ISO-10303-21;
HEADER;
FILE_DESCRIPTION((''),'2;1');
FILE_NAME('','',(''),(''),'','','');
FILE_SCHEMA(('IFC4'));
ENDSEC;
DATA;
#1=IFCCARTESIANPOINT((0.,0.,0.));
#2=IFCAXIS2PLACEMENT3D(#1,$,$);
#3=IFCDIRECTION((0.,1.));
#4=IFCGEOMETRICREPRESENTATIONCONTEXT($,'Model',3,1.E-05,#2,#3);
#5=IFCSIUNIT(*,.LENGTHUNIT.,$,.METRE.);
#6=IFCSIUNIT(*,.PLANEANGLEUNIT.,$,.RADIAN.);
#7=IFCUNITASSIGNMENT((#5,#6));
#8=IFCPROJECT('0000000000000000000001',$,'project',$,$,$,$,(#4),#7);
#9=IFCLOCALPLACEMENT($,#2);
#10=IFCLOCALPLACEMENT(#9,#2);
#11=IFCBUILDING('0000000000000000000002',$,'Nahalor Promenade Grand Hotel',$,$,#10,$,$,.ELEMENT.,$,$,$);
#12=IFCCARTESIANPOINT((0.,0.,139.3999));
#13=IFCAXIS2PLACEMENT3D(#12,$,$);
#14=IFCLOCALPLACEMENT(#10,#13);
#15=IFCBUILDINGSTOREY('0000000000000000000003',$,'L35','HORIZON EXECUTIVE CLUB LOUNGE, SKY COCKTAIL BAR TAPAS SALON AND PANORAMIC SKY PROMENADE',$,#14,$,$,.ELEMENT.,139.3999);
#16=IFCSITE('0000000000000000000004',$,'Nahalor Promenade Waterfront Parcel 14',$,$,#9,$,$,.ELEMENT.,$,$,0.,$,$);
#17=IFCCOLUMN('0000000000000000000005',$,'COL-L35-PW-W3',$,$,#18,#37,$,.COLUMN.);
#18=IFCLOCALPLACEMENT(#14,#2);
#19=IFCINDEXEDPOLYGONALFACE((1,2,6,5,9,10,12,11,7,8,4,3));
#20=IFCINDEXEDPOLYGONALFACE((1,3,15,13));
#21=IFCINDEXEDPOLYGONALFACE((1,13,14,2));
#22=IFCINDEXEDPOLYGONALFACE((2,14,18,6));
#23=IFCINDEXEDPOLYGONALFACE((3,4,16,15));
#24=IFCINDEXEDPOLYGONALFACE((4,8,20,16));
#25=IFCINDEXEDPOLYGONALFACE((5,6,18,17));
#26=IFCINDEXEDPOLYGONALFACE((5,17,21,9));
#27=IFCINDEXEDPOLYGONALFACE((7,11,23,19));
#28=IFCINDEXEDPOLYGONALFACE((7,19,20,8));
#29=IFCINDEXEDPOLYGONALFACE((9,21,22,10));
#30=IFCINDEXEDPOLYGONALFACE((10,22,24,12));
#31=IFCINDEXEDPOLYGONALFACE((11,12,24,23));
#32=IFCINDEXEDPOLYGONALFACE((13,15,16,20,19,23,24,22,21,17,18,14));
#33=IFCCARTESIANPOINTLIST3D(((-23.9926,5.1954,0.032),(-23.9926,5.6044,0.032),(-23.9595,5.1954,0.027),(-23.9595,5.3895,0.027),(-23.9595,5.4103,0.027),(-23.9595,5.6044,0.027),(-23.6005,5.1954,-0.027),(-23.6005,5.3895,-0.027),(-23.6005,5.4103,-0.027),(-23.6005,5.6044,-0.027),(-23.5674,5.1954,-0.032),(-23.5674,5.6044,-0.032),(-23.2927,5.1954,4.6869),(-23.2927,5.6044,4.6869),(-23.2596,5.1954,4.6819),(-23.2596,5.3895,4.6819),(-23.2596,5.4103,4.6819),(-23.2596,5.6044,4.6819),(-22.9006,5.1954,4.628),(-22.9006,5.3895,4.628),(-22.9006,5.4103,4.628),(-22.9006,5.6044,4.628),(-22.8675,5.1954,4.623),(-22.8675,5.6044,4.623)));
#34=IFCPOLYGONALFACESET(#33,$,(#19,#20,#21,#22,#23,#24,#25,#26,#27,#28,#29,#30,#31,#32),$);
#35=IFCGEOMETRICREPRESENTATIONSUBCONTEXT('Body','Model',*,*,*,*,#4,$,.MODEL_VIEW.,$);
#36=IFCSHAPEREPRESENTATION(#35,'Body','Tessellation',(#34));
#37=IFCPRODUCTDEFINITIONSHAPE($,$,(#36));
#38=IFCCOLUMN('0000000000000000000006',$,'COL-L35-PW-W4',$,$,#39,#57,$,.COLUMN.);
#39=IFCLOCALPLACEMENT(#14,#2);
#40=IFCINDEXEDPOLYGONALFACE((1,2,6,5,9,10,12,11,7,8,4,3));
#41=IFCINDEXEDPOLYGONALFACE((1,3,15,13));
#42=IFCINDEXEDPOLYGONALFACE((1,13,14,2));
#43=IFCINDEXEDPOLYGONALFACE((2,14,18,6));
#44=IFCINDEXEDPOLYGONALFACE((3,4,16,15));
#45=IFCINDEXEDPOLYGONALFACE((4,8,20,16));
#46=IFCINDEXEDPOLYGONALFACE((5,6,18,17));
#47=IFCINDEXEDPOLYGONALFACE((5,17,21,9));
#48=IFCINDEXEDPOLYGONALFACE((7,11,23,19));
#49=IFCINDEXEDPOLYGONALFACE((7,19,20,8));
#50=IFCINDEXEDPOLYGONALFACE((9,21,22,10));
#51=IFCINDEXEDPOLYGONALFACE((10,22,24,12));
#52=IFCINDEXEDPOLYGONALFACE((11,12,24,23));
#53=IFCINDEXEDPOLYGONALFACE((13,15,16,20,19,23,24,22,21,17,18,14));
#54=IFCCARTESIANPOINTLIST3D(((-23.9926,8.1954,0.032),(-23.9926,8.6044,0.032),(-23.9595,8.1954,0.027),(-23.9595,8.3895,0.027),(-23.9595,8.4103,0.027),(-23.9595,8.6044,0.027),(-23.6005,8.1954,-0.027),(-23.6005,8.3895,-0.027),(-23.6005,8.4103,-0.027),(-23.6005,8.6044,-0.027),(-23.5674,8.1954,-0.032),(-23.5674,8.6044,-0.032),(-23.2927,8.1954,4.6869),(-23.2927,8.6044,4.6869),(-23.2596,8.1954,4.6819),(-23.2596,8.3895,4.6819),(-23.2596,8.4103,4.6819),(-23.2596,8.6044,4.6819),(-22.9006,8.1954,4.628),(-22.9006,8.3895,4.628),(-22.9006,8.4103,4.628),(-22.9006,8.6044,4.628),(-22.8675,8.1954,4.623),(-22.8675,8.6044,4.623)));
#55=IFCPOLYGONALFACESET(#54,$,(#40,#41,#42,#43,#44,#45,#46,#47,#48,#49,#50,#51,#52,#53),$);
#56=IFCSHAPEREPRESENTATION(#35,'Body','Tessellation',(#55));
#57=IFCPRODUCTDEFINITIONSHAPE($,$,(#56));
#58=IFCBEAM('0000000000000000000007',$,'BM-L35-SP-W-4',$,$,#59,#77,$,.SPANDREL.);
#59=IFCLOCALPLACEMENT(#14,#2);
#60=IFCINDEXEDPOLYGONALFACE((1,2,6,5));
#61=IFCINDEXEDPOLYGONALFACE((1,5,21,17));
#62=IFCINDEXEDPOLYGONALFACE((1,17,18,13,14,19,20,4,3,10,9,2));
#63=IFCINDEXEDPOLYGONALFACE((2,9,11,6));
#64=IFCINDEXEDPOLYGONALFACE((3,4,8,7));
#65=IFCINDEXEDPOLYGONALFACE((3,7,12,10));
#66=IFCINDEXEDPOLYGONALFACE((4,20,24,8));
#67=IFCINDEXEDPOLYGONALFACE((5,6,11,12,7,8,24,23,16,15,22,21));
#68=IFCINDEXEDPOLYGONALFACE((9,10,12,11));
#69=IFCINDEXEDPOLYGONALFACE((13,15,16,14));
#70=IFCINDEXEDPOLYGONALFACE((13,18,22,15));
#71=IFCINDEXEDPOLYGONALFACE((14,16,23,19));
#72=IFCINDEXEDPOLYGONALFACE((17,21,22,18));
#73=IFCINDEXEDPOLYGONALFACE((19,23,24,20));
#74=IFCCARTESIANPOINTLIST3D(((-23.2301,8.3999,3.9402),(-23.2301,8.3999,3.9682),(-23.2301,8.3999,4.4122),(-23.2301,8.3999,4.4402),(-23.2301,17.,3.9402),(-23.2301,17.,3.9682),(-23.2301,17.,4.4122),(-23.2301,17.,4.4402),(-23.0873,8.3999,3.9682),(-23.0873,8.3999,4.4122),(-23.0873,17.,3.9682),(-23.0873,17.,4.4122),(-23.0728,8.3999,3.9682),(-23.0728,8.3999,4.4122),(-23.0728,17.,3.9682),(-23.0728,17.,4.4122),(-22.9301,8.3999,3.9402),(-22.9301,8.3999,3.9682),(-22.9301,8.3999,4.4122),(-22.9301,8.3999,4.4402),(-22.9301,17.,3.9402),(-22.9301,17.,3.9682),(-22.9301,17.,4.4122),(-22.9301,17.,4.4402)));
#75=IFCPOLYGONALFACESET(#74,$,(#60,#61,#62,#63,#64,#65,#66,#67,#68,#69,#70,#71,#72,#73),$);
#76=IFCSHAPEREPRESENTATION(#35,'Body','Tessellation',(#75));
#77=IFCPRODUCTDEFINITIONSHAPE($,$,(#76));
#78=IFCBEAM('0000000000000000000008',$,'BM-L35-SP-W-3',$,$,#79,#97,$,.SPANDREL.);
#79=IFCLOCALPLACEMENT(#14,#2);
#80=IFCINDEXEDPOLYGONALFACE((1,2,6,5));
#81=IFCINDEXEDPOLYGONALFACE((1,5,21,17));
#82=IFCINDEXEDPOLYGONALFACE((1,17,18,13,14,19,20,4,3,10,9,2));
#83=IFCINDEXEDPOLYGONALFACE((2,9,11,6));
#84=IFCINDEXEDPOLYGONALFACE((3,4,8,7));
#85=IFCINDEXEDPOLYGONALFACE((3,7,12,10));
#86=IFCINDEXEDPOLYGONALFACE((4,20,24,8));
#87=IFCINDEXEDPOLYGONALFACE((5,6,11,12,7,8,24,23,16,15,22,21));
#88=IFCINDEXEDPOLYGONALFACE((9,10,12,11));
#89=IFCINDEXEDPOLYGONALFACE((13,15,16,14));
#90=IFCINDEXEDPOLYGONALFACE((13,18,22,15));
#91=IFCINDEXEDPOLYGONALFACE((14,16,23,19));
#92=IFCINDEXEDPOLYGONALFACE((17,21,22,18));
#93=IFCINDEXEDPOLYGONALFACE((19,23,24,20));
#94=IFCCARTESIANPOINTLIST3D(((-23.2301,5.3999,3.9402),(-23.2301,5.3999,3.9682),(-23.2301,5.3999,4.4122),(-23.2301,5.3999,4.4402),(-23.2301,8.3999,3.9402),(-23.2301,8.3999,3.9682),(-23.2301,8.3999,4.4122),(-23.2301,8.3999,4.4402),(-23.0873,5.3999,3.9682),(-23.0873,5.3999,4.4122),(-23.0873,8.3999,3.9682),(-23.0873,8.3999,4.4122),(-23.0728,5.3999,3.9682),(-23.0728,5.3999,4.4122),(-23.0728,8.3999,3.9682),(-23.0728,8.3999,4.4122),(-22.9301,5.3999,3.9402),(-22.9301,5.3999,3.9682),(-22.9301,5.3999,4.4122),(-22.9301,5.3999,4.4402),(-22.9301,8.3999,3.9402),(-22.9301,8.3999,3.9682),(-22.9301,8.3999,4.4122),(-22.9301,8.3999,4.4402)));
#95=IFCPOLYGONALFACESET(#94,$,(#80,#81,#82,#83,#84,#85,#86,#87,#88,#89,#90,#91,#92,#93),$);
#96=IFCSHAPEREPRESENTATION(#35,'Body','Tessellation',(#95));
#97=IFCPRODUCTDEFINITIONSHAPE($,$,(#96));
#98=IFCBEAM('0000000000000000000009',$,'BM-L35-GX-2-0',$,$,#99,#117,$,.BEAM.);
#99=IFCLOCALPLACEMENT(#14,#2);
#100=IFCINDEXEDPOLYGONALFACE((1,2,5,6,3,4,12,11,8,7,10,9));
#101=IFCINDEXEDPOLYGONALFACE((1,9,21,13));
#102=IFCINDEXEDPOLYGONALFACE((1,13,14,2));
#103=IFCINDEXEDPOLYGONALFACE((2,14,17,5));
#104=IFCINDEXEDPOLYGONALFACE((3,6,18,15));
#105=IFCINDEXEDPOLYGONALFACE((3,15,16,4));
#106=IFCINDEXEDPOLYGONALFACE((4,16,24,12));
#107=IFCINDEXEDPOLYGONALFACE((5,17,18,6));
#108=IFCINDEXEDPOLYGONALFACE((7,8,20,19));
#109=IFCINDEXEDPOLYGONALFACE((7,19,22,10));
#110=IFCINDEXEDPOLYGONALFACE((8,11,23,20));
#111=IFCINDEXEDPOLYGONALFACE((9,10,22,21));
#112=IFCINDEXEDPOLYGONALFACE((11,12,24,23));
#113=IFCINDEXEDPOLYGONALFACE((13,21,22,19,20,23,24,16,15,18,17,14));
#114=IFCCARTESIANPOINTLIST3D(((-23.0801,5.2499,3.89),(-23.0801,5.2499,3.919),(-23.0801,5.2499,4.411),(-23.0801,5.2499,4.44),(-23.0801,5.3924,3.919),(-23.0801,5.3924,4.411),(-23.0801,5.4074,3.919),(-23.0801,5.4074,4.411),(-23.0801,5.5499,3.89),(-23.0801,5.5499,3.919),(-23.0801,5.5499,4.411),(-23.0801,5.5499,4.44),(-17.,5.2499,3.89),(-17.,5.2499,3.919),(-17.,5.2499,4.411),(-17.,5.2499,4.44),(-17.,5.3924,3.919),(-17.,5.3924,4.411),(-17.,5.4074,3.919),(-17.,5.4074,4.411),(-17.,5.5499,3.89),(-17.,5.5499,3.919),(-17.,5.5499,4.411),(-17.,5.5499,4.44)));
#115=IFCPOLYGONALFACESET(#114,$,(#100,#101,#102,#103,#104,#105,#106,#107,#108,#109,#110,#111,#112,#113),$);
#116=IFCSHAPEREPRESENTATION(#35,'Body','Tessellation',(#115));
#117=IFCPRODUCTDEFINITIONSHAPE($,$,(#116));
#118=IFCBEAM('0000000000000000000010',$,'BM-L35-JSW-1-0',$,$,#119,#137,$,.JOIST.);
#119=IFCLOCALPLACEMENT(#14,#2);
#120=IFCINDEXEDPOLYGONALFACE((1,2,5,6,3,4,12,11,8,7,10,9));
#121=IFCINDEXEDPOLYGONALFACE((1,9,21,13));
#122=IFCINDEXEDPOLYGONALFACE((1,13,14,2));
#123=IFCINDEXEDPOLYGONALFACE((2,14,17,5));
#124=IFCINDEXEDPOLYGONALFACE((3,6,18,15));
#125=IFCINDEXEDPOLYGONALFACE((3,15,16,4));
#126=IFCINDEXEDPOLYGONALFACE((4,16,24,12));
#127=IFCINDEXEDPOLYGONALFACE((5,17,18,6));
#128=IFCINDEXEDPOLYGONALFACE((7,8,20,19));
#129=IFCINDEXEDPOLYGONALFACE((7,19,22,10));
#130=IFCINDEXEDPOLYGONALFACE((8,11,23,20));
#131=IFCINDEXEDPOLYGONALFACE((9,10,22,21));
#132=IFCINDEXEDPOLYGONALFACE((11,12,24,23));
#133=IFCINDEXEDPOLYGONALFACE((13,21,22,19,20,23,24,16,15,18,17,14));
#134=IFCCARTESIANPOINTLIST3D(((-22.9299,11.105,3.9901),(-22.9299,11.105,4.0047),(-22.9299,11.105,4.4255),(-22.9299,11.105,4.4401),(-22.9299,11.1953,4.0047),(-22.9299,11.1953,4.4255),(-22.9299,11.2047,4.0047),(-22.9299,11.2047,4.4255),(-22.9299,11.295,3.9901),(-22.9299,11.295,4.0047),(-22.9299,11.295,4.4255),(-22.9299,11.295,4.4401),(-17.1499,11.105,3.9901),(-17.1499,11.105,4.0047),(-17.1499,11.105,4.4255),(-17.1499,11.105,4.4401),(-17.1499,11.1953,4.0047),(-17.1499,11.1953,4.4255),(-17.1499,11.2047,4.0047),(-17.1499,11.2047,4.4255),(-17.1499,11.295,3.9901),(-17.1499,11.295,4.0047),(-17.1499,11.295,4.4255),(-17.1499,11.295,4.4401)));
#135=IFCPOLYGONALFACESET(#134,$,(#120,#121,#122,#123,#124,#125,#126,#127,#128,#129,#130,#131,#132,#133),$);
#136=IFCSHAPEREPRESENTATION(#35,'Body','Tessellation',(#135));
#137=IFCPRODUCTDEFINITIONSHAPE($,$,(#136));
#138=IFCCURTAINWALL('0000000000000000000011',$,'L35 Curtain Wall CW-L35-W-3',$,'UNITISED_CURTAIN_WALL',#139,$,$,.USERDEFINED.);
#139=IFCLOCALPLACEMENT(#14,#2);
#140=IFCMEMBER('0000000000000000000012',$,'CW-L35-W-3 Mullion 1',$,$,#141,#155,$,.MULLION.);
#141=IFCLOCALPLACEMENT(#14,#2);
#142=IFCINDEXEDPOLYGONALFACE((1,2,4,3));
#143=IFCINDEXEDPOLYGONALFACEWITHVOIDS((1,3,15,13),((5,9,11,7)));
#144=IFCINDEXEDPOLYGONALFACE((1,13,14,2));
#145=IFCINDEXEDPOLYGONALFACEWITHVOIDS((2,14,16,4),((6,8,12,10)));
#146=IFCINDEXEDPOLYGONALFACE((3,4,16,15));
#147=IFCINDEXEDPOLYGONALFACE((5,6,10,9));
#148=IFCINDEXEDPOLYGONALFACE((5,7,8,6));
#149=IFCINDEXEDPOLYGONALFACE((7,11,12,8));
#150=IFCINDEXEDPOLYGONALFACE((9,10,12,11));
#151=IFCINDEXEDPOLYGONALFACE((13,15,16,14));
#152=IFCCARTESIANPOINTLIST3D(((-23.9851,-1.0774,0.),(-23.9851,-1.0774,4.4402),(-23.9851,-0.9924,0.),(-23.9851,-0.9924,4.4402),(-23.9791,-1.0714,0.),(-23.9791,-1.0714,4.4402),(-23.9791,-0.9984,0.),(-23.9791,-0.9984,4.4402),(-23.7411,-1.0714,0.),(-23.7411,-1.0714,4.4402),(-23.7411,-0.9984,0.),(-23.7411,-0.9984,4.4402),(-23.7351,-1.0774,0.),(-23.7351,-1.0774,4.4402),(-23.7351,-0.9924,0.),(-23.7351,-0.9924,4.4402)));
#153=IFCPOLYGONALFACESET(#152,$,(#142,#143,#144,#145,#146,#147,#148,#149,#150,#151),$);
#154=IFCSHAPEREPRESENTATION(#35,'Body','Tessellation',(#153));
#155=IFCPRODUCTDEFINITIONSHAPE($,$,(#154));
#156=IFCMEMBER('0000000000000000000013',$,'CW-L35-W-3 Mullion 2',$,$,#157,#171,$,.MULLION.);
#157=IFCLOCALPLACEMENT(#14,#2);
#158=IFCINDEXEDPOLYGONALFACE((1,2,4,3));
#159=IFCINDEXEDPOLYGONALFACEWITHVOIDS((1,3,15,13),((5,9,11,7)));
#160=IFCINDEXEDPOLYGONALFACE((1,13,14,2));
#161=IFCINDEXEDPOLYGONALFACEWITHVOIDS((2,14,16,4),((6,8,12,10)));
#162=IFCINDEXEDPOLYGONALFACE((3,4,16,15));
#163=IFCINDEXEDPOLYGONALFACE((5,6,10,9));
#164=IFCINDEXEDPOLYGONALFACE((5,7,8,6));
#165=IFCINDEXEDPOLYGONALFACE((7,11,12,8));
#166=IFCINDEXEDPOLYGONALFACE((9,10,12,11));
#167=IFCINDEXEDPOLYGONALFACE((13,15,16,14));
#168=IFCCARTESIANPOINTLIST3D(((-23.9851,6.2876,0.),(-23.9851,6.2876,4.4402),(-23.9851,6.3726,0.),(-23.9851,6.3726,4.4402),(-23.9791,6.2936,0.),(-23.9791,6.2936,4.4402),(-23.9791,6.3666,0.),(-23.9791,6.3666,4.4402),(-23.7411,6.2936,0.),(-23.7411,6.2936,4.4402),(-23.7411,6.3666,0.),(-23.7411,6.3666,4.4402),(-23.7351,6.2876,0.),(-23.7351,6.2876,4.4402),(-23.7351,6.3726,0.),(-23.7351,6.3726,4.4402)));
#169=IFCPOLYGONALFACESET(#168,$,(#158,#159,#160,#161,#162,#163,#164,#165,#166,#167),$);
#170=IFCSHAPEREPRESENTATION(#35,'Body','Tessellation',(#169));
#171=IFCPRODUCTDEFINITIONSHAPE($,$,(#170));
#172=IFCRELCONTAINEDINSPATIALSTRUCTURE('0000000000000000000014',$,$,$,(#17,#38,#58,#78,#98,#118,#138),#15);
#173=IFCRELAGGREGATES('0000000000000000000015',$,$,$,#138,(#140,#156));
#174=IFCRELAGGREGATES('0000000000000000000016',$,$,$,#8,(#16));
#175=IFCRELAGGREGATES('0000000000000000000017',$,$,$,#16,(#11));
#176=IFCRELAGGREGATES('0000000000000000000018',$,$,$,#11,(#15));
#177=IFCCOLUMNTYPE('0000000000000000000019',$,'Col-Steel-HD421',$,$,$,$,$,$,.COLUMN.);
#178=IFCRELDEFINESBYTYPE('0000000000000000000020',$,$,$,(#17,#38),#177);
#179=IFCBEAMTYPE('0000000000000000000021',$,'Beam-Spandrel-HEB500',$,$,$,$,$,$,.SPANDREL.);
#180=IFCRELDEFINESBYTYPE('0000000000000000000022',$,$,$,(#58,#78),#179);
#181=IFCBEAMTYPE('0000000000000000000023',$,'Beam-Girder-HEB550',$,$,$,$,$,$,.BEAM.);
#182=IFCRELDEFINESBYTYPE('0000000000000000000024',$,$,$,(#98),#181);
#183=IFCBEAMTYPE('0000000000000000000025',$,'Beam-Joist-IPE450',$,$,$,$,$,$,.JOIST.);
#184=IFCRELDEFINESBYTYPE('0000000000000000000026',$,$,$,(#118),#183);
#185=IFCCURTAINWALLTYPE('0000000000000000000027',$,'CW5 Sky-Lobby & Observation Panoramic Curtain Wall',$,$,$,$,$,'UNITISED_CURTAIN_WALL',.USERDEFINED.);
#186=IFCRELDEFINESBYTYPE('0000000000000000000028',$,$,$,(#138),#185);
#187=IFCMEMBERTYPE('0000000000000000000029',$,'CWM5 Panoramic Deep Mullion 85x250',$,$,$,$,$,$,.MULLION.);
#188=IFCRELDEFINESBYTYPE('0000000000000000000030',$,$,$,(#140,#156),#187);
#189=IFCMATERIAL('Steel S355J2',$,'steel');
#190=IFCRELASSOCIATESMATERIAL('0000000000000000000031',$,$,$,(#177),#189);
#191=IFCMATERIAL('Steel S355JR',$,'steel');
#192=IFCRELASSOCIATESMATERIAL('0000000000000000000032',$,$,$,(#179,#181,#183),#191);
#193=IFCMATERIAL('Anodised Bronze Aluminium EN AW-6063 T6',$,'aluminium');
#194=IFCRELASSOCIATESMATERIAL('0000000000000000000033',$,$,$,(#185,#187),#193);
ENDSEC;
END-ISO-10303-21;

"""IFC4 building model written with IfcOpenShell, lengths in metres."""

from ifc_helpers import new_model, si_unit, direction, frame, origin, origin_2d, place, context, subcontext, project, spatial, hollow_rectangle, i_section, extrude, source, transform, mapped, material, material_profile, profile_set, type_object, element, aggregate, save


model = new_model("IFC4")

# Units and contexts
model_context = context("Model", 3, precision=1e-05, world=origin(), true_north=direction((0.0, 1.0)))
body_context = subcontext(model_context, "Body", "Model", "MODEL_VIEW")
ifc_project = project(units=[si_unit("LENGTHUNIT", "METRE"), si_unit("PLANEANGLEUNIT", "RADIAN")], contexts=[model_context])

# Site, building, storey
site_placement = place(None, origin())
site = spatial("IfcSite", under=ifc_project, at=site_placement, Name="Nahalor Promenade Waterfront Parcel 14", CompositionType="ELEMENT", RefElevation=0.0)
building_placement = place(site_placement, origin())
building = spatial("IfcBuilding", under=site, at=building_placement, Name="Nahalor Promenade Grand Hotel", CompositionType="ELEMENT")
storey_placement = place(building_placement, frame((0.0, 0.0, 139.3999)))
storey = spatial("IfcBuildingStorey", under=building, at=storey_placement, Name="L35", Description="HORIZON EXECUTIVE CLUB LOUNGE, SKY COCKTAIL BAR TAPAS SALON AND PANORAMIC SKY PROMENADE", CompositionType="ELEMENT", Elevation=139.3999)

# Columns
ifc_material_1 = material(Name="Steel S355J2", Category="steel")
ifc_material_profile_1 = material_profile(ifc_material_1, i_section(OverallWidth=0.409, OverallDepth=0.43, WebThickness=0.0208, FlangeThickness=0.0335, at=origin_2d()), Name="HD 400x421")
ifc_profile_set_1 = profile_set([ifc_material_profile_1], Name="Steel S355J2")
column_type = type_object("IfcColumnType", Name="Col-Steel-HD421", PredefinedType="COLUMN", material=ifc_profile_set_1)
shared_shape_1 = source(origin(), body_context, "Body", "SweptSolid", [
    extrude(i_section(OverallWidth=0.409, OverallDepth=0.43, WebThickness=0.0208, FlangeThickness=0.0335, at=origin_2d()), origin(), (0.0, 0.0, 1.0), 4.7073),
])
for number, where, z_axis, x_axis, name in (
    (1, (-23.78, 5.3999, 0.0), (0.148693, 0.0, 0.988883), (0.0, 1.0, 0.0), "COL-L35-PW-W3"),
    (2, (-23.78, 8.3999, 0.0), (0.148693, 0.0, 0.988883), (0.0, 1.0, 0.0), "COL-L35-PW-W4"),
):
    element("IfcColumn", number, at=place(storey_placement, frame(where, z_axis=z_axis, x_axis=x_axis)), inside=storey, type_object=column_type, Name=name, PredefinedType="COLUMN", context=body_context, shape_type="MappedRepresentation", body=[
        mapped(shared_shape_1, transform((0.0, 0.0, 0.0), scale=1.0)),
    ])

# Beams
ifc_material_2 = material(Name="Steel S355JR", Category="steel")
ifc_material_profile_2 = material_profile(ifc_material_2, i_section(OverallWidth=0.3, OverallDepth=0.5, WebThickness=0.0145, FlangeThickness=0.028, at=origin_2d()), Name="HEB 500")
ifc_profile_set_2 = profile_set([ifc_material_profile_2], Name="Steel S355JR")
beam_type_1 = type_object("IfcBeamType", Name="Beam-Spandrel-HEB500", PredefinedType="SPANDREL", material=ifc_profile_set_2)
shared_shape_2 = source(origin(), body_context, "Body", "SweptSolid", [
    extrude(i_section(OverallWidth=0.3, OverallDepth=0.5, WebThickness=0.0145, FlangeThickness=0.028, at=origin_2d()), origin(), (0.0, 0.0, 1.0), 8.6001),
])
beam_1_placement = place(storey_placement, frame((-23.0801, 8.3999, 4.1902), z_axis=(0.0, 1.0, 0.0), x_axis=(-1.0, 0.0, 0.0)))
element("IfcBeam", 3, at=beam_1_placement, inside=storey, type_object=beam_type_1, Name="BM-L35-SP-W-4", PredefinedType="SPANDREL", context=body_context, shape_type="MappedRepresentation", body=[
    mapped(shared_shape_2, transform((0.0, 0.0, 0.0), scale=1.0)),
])
shared_shape_3 = source(origin(), body_context, "Body", "SweptSolid", [
    extrude(i_section(OverallWidth=0.3, OverallDepth=0.5, WebThickness=0.0145, FlangeThickness=0.028, at=origin_2d()), origin(), (0.0, 0.0, 1.0), 3.0),
])
beam_2_placement = place(storey_placement, frame((-23.0801, 5.3999, 4.1902), z_axis=(0.0, 1.0, 0.0), x_axis=(-1.0, 0.0, 0.0)))
element("IfcBeam", 4, at=beam_2_placement, inside=storey, type_object=beam_type_1, Name="BM-L35-SP-W-3", PredefinedType="SPANDREL", context=body_context, shape_type="MappedRepresentation", body=[
    mapped(shared_shape_3, transform((0.0, 0.0, 0.0), scale=1.0)),
])
ifc_material_profile_3 = material_profile(ifc_material_2, i_section(OverallWidth=0.3, OverallDepth=0.55, WebThickness=0.015, FlangeThickness=0.029, at=origin_2d()), Name="HEB 550")
ifc_profile_set_3 = profile_set([ifc_material_profile_3], Name="Steel S355JR")
beam_type_2 = type_object("IfcBeamType", Name="Beam-Girder-HEB550", PredefinedType="BEAM", material=ifc_profile_set_3)
shared_shape_4 = source(origin(), body_context, "Body", "SweptSolid", [
    extrude(i_section(OverallWidth=0.3, OverallDepth=0.55, WebThickness=0.015, FlangeThickness=0.029, at=origin_2d()), origin(), (0.0, 0.0, 1.0), 6.0801),
])
beam_3_placement = place(storey_placement, frame((-23.0801, 5.3999, 4.165), z_axis=(1.0, 0.0, 0.0), x_axis=(0.0, 1.0, 0.0)))
element("IfcBeam", 5, at=beam_3_placement, inside=storey, type_object=beam_type_2, Name="BM-L35-GX-2-0", PredefinedType="BEAM", context=body_context, shape_type="MappedRepresentation", body=[
    mapped(shared_shape_4, transform((0.0, 0.0, 0.0), scale=1.0)),
])
ifc_material_profile_4 = material_profile(ifc_material_2, i_section(OverallWidth=0.19, OverallDepth=0.45, WebThickness=0.0094, FlangeThickness=0.0146, at=origin_2d()), Name="IPE 450")
ifc_profile_set_4 = profile_set([ifc_material_profile_4], Name="Steel S355JR")
beam_type_3 = type_object("IfcBeamType", Name="Beam-Joist-IPE450", PredefinedType="JOIST", material=ifc_profile_set_4)
shared_shape_5 = source(origin(), body_context, "Body", "SweptSolid", [
    extrude(i_section(OverallWidth=0.19, OverallDepth=0.45, WebThickness=0.0094, FlangeThickness=0.0146, at=origin_2d()), origin(), (0.0, 0.0, 1.0), 5.78),
])
beam_4_placement = place(storey_placement, frame((-22.9299, 11.2, 4.2151), z_axis=(1.0, 0.0, 0.0), x_axis=(0.0, 1.0, 0.0)))
element("IfcBeam", 6, at=beam_4_placement, inside=storey, type_object=beam_type_3, Name="BM-L35-JSW-1-0", PredefinedType="JOIST", context=body_context, shape_type="MappedRepresentation", body=[
    mapped(shared_shape_5, transform((0.0, 0.0, 0.0), scale=1.0)),
])

# Curtain wall, members
ifc_material_3 = material(Name="Anodised Bronze Aluminium EN AW-6063 T6", Category="aluminium")
curtain_wall_type = type_object("IfcCurtainWallType", Name="CW5 Sky-Lobby & Observation Panoramic Curtain Wall", ElementType="UNITISED_CURTAIN_WALL", PredefinedType="USERDEFINED", material=ifc_material_3)
curtain_wall_placement = place(storey_placement, origin())
curtain_wall = element("IfcCurtainWall", 7, at=curtain_wall_placement, inside=storey, type_object=curtain_wall_type, Name="L35 Curtain Wall CW-L35-W-3", ObjectType="UNITISED_CURTAIN_WALL", PredefinedType="USERDEFINED")
ifc_material_profile_5 = material_profile(ifc_material_3, hollow_rectangle(XDim=0.085, YDim=0.25, WallThickness=0.006, at=origin_2d()), Name="CWM 85x250x6")
ifc_profile_set_5 = profile_set([ifc_material_profile_5], Name="Anodised Bronze Aluminium EN AW-6063 T6")
member_type_1 = type_object("IfcMemberType", Name="CWM5 Panoramic Deep Mullion 85x250", PredefinedType="MULLION", material=ifc_profile_set_5)
shared_shape_6 = source(origin(), body_context, "Body", "SweptSolid", [
    extrude(hollow_rectangle(XDim=0.085, YDim=0.25, WallThickness=0.006, at=origin_2d()), origin(), (0.0, 0.0, 1.0), 4.4402),
])
member_1_placement = place(storey_placement, frame((-23.8601, -1.0349, 0.0), z_axis=(0.0, 0.0, 1.0), x_axis=(0.0, 1.0, 0.0)))
member_1 = element("IfcMember", 8, at=member_1_placement, type_object=member_type_1, Name="CW-L35-W-3 Mullion 1", PredefinedType="MULLION", context=body_context, shape_type="MappedRepresentation", body=[
    mapped(shared_shape_6, transform((0.0, 0.0, 0.0), scale=1.0)),
])
member_2_placement = place(storey_placement, frame((-23.8601, 6.3301, 0.0), z_axis=(0.0, 0.0, 1.0), x_axis=(0.0, 1.0, 0.0)))
member_2 = element("IfcMember", 9, at=member_2_placement, type_object=member_type_1, Name="CW-L35-W-3 Mullion 2", PredefinedType="MULLION", context=body_context, shape_type="MappedRepresentation", body=[
    mapped(shared_shape_6, transform((0.0, 0.0, 0.0), scale=1.0)),
])
aggregate(curtain_wall, [member_1, member_2])

save(model, "model.ifc")
